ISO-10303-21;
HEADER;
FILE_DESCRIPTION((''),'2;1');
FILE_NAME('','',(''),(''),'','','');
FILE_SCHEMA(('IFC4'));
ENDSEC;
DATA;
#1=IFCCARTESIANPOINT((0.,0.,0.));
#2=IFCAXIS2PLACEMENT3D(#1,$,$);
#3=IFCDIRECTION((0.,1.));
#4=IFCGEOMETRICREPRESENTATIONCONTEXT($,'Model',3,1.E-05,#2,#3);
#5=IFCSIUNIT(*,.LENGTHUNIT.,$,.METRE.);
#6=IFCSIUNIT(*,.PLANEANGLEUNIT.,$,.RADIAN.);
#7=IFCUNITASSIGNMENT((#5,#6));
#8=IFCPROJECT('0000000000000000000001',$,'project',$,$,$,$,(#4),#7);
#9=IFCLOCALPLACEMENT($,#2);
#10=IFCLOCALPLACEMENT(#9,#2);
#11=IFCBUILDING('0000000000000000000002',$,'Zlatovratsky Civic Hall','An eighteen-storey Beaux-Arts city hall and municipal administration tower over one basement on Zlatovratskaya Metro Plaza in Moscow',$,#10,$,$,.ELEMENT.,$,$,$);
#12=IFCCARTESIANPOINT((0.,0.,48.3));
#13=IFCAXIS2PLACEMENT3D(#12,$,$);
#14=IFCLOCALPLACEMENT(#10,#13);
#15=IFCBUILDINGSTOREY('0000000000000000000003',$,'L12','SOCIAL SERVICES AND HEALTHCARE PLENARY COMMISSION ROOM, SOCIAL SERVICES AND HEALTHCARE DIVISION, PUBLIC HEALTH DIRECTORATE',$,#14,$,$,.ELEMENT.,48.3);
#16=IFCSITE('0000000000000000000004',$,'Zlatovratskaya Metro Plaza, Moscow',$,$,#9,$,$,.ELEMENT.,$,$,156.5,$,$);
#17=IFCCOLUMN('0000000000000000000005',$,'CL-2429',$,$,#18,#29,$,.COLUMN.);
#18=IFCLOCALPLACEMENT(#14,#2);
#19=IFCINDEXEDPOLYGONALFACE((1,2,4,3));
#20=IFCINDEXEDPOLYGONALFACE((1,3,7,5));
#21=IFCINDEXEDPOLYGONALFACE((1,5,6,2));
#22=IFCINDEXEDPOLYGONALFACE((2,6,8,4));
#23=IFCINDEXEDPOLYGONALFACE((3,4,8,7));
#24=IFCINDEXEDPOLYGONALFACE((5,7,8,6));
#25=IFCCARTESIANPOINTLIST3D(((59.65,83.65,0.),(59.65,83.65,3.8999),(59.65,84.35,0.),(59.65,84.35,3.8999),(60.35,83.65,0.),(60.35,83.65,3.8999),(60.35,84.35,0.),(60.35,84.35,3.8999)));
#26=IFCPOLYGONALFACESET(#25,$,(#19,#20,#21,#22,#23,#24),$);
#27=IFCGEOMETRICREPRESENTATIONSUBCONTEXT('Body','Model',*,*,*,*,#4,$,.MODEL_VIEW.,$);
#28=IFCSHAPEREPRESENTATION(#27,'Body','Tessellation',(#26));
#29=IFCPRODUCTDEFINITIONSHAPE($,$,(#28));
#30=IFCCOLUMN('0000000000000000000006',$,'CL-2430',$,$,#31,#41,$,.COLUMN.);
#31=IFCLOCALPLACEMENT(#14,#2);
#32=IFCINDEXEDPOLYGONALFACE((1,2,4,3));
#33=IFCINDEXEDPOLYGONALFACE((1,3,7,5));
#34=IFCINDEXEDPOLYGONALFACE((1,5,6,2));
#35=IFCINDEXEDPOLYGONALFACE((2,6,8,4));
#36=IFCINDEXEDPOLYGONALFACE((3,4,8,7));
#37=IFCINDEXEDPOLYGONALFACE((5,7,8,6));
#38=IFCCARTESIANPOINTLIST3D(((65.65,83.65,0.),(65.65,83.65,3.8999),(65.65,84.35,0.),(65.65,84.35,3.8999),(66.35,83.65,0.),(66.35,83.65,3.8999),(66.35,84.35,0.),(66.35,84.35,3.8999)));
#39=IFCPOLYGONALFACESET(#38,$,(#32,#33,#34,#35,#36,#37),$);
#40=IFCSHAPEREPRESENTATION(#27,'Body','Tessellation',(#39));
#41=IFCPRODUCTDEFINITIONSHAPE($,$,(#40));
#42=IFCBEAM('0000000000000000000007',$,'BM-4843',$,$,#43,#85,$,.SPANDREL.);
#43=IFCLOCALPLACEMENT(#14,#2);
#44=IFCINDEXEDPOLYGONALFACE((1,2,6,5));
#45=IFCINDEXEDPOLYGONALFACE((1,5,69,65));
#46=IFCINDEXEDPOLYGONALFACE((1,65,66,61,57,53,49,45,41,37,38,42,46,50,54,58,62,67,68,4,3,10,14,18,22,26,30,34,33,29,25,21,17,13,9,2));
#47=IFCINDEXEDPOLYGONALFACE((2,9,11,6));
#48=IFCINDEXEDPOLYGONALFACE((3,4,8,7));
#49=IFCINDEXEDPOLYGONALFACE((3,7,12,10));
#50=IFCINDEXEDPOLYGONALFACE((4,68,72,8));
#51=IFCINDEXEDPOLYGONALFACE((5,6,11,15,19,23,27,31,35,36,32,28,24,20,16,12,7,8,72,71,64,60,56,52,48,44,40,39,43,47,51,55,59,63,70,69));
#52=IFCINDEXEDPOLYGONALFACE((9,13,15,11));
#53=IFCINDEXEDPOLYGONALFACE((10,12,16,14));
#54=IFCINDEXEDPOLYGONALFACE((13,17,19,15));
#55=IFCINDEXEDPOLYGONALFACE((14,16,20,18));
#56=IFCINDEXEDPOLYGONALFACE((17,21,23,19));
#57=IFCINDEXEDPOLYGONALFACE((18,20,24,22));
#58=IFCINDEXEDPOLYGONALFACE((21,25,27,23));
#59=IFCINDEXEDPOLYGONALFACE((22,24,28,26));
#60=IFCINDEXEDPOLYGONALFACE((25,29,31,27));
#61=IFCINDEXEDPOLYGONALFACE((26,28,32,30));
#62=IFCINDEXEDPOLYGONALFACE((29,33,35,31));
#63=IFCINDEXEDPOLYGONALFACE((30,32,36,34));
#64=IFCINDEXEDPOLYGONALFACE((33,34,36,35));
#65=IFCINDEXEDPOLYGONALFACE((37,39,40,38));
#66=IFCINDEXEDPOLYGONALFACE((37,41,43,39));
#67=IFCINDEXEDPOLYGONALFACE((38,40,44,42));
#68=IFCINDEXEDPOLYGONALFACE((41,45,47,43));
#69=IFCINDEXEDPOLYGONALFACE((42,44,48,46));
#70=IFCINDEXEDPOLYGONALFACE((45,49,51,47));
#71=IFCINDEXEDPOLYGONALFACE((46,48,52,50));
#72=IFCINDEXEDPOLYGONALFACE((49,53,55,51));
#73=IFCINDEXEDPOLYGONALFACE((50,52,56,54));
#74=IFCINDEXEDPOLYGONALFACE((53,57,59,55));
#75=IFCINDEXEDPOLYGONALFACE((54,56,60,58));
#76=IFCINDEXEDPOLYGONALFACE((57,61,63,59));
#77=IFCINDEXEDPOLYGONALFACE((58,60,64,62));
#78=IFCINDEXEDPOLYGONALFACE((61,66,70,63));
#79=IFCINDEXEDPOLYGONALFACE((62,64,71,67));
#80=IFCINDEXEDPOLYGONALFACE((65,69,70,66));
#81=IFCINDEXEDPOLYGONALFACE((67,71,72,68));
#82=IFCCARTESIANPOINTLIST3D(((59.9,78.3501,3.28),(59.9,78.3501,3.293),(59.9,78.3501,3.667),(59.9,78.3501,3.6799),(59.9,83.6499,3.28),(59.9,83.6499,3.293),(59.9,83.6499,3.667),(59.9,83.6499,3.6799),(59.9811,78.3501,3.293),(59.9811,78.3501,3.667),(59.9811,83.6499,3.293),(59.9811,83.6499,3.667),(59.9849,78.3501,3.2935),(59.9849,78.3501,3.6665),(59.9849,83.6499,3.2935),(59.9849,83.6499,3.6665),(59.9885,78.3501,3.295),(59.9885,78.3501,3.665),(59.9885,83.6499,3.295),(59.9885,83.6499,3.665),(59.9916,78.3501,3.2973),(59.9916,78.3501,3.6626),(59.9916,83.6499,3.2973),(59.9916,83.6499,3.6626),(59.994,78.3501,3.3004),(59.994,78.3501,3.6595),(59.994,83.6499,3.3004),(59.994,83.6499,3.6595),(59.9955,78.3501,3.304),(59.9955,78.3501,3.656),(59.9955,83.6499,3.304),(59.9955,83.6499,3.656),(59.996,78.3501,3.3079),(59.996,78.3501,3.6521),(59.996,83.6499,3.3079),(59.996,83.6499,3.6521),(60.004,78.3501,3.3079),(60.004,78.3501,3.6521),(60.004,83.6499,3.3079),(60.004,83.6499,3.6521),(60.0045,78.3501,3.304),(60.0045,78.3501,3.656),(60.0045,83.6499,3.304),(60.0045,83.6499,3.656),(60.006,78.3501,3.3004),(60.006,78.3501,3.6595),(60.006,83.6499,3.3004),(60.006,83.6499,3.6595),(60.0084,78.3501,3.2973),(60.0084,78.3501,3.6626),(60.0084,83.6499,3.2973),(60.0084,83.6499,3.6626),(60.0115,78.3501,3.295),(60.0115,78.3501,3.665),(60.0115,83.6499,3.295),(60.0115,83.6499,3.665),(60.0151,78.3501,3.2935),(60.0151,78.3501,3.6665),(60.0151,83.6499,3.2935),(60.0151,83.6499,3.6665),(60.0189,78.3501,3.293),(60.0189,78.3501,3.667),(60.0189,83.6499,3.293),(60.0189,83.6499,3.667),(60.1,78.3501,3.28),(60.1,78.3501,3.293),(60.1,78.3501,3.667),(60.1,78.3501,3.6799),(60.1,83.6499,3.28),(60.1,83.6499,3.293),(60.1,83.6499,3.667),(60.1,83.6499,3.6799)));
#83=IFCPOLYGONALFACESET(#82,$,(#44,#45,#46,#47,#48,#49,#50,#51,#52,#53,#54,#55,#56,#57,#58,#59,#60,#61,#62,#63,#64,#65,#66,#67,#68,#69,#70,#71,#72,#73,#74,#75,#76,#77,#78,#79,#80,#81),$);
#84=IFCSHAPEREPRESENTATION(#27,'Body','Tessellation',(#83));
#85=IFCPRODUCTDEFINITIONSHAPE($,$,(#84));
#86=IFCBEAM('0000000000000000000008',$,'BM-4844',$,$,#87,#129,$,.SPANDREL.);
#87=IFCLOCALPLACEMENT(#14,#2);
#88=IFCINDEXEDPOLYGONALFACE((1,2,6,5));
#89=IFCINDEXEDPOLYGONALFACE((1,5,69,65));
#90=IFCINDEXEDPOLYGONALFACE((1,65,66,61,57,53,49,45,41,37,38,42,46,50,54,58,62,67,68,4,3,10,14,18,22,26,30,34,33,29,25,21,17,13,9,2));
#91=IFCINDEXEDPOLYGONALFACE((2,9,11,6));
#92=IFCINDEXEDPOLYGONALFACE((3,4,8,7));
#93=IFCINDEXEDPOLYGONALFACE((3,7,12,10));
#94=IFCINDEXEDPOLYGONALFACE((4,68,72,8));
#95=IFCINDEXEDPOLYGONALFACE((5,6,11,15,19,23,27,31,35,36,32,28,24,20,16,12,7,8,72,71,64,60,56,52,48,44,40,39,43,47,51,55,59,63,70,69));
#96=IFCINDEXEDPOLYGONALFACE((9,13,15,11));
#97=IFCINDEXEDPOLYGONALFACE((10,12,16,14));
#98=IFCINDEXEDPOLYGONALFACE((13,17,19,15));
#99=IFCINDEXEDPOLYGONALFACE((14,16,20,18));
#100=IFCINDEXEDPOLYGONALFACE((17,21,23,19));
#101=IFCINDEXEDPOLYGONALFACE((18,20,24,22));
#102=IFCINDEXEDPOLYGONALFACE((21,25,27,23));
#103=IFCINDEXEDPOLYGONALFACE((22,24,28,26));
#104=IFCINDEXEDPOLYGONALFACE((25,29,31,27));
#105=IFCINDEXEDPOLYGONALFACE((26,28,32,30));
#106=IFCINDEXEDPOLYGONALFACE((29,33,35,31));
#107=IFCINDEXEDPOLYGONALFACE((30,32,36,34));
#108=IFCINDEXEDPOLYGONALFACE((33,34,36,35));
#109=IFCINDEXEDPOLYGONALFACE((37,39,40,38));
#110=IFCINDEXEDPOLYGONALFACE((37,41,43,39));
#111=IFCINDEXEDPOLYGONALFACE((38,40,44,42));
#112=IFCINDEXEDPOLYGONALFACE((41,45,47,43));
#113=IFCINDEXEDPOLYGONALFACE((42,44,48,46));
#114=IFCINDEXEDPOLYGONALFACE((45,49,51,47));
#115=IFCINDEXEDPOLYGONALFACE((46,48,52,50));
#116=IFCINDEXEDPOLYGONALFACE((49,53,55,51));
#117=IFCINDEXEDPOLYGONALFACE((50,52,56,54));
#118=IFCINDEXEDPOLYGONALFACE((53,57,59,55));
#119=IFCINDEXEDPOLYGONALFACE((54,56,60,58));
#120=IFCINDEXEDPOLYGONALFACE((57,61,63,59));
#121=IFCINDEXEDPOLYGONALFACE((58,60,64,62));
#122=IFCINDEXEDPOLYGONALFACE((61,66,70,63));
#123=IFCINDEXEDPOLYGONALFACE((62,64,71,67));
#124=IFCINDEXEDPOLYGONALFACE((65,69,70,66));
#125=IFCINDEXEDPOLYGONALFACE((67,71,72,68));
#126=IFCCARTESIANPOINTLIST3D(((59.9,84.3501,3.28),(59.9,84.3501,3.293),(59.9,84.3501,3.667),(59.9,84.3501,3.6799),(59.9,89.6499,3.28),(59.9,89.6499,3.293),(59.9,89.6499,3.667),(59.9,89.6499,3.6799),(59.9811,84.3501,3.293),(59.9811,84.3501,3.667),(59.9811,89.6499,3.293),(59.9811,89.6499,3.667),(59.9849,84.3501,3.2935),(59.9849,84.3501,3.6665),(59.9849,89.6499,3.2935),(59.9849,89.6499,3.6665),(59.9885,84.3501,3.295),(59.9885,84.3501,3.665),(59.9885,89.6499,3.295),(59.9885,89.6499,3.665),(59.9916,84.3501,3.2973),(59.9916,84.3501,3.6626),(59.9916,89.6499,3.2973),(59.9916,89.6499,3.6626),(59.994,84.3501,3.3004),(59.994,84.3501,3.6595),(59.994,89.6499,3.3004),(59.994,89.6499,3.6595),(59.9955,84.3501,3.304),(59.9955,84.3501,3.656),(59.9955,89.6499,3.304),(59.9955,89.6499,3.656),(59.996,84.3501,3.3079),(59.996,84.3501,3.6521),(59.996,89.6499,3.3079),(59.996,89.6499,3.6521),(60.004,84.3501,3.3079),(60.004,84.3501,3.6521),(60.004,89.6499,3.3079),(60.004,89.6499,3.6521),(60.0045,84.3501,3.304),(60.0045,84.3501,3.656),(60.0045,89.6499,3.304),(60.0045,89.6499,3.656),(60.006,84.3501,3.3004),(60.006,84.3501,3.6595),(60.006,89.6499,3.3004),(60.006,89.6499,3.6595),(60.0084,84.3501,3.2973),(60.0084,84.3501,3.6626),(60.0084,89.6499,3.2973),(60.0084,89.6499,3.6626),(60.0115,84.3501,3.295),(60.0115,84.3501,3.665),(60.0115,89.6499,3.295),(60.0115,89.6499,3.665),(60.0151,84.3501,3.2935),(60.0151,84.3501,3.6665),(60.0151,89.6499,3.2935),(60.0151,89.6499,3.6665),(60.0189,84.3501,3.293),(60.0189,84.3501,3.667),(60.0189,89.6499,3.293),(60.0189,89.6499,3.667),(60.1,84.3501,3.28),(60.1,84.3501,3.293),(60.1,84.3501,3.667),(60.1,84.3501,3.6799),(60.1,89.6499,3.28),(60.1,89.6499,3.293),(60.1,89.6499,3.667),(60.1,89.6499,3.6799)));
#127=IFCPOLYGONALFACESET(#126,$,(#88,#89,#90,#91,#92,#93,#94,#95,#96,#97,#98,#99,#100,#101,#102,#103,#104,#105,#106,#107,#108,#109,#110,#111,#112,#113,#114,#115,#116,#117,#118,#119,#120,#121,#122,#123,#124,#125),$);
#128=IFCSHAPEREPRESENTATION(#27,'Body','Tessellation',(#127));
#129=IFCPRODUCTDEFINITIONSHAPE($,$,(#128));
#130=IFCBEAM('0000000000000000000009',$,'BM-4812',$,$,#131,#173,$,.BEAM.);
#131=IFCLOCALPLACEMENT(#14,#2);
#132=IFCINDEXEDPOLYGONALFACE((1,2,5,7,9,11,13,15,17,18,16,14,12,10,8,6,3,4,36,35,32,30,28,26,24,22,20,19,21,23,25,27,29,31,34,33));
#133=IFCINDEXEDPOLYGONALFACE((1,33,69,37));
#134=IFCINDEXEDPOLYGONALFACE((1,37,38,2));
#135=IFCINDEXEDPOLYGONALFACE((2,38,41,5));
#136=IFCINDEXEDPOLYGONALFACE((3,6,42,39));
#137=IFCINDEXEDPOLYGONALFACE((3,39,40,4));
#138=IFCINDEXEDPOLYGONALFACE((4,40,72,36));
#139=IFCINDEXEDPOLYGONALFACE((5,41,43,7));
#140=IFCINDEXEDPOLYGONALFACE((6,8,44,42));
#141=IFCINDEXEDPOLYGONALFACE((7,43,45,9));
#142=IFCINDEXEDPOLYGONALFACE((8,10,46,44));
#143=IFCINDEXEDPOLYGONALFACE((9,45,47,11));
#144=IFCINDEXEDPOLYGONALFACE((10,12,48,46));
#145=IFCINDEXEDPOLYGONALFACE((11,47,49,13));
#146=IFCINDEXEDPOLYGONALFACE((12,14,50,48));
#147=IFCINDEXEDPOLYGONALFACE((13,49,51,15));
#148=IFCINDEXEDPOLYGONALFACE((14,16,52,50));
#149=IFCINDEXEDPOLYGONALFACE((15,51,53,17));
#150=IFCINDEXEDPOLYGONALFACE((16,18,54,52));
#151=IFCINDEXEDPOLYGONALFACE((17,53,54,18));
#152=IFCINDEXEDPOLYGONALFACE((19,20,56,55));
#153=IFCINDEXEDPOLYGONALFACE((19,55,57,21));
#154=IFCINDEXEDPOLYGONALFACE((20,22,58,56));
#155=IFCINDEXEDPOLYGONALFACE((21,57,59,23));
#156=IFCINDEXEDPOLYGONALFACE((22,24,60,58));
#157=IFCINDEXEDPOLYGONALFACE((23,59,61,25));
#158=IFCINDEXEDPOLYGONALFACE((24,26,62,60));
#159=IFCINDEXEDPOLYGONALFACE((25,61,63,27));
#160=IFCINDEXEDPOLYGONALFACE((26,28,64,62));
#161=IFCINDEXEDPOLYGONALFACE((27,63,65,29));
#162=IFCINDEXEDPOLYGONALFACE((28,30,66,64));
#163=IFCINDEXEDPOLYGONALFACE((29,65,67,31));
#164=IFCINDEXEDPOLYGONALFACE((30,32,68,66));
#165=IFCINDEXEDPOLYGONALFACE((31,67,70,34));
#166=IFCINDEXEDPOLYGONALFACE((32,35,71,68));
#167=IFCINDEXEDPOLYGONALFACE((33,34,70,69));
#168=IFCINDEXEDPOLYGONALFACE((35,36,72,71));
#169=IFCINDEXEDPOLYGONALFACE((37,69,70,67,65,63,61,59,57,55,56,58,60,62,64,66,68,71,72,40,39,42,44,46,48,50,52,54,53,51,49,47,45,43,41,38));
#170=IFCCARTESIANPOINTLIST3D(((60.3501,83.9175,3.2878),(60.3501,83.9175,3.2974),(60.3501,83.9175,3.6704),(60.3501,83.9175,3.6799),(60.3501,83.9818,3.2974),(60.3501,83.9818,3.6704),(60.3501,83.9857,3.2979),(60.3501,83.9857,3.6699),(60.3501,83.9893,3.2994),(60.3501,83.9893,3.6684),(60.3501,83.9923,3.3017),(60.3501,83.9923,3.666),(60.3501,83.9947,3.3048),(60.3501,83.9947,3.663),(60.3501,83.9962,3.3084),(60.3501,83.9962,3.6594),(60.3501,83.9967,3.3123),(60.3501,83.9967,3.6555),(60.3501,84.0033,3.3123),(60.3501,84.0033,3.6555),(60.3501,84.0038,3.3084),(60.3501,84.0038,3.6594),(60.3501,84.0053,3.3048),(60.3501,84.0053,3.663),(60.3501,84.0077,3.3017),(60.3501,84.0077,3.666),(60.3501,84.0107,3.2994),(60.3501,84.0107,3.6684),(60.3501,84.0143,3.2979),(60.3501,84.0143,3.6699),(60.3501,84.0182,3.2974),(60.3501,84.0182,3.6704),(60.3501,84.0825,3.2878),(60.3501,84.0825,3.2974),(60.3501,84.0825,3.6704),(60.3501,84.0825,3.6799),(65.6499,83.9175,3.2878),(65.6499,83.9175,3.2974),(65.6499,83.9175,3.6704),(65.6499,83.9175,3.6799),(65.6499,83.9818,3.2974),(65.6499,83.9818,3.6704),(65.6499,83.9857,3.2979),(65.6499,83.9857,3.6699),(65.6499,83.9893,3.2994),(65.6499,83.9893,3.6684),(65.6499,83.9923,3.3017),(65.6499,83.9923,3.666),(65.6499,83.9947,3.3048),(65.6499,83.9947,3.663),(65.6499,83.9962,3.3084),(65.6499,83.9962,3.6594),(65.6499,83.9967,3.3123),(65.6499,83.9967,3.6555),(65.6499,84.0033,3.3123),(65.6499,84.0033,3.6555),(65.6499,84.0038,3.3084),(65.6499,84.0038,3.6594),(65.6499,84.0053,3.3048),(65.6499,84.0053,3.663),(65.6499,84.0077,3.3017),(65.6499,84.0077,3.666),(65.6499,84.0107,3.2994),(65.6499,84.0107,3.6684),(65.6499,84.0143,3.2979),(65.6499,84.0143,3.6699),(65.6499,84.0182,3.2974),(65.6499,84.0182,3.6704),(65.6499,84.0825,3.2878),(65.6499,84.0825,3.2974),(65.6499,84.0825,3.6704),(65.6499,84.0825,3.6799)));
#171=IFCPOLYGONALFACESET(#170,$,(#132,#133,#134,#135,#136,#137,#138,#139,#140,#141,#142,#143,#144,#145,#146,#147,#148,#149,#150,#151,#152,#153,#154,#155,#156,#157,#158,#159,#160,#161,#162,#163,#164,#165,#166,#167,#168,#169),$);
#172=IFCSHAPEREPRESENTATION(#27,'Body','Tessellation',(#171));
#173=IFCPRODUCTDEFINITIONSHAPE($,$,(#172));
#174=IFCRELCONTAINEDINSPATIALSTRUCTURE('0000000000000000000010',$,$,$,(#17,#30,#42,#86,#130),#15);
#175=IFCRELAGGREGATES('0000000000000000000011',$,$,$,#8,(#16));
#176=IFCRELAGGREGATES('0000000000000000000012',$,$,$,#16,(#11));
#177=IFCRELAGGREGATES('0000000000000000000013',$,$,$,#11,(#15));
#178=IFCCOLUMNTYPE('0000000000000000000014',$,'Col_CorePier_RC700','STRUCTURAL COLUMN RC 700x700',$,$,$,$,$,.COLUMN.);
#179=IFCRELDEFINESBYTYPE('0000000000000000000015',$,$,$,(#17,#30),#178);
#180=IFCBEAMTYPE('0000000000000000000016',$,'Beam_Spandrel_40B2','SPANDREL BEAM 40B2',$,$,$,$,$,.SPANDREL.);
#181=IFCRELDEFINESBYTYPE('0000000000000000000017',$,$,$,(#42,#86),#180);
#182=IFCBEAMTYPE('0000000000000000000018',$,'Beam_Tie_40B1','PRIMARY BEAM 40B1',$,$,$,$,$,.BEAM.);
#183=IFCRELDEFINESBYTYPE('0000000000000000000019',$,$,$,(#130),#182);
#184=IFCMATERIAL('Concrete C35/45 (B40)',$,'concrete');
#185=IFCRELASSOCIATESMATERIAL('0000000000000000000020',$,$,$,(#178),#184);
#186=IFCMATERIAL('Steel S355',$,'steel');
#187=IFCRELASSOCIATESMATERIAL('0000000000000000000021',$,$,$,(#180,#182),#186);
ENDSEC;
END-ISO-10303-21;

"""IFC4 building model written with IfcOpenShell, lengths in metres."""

from ifc_helpers import new_model, si_unit, direction, frame, origin, origin_2d, place, context, subcontext, project, spatial, rectangle, i_section, extrude, material, material_profile, profile_set, type_object, element, save


model = new_model("IFC4")

# Units and contexts
model_context = context("Model", 3, precision=1e-05, world=origin(), true_north=direction((0.0, 1.0)))
body_context = subcontext(model_context, "Body", "Model", "MODEL_VIEW")
ifc_project = project(units=[si_unit("LENGTHUNIT", "METRE"), si_unit("PLANEANGLEUNIT", "RADIAN")], contexts=[model_context])

# Site, building, storey
site_placement = place(None, origin())
site = spatial("IfcSite", under=ifc_project, at=site_placement, Name="Zlatovratskaya Metro Plaza, Moscow", CompositionType="ELEMENT", RefElevation=156.5)
building_placement = place(site_placement, origin())
building = spatial("IfcBuilding", under=site, at=building_placement, Name="Zlatovratsky Civic Hall", Description="An eighteen-storey Beaux-Arts city hall and municipal administration tower over one basement on Zlatovratskaya Metro Plaza in Moscow", CompositionType="ELEMENT")
storey_placement = place(building_placement, frame((0.0, 0.0, 48.3)))
storey = spatial("IfcBuildingStorey", under=building, at=storey_placement, Name="L12", Description="SOCIAL SERVICES AND HEALTHCARE PLENARY COMMISSION ROOM, SOCIAL SERVICES AND HEALTHCARE DIVISION, PUBLIC HEALTH DIRECTORATE", CompositionType="ELEMENT", Elevation=48.3)

# Columns
ifc_material_1 = material(Name="Concrete C35/45 (B40)", Category="concrete")
ifc_material_profile_1 = material_profile(ifc_material_1, rectangle(XDim=0.7, YDim=0.7, at=origin_2d()), Name="RC 700x700")
ifc_profile_set_1 = profile_set([ifc_material_profile_1], Name="Concrete C35/45 (B40)")
column_type = type_object("IfcColumnType", Name="Col_CorePier_RC700", Description="STRUCTURAL COLUMN RC 700x700", PredefinedType="COLUMN", material=ifc_profile_set_1)
for number, where, z_axis, x_axis, name in (
    (1, (60.0, 84.0, 0.0), (0.0, 0.0, 1.0), (1.0, 0.0, 0.0), "CL-2429"),
    (2, (66.0, 84.0, 0.0), (0.0, 0.0, 1.0), (1.0, 0.0, 0.0), "CL-2430"),
):
    element("IfcColumn", number, at=place(storey_placement, frame(where, z_axis=z_axis, x_axis=x_axis)), inside=storey, type_object=column_type, Name=name, PredefinedType="COLUMN", context=body_context, shape_type="SweptSolid", body=[
        extrude(rectangle(XDim=0.7, YDim=0.7, at=origin_2d()), origin(), (0.0, 0.0, 1.0), 3.8999),
    ])

# Beams
ifc_material_2 = material(Name="Steel S355", Category="steel")
ifc_material_profile_2 = material_profile(ifc_material_2, i_section(OverallWidth=0.2, OverallDepth=0.3999, WebThickness=0.0081, FlangeThickness=0.0129, FilletRadius=0.0149, at=origin_2d()), Name="40B2")
ifc_profile_set_2 = profile_set([ifc_material_profile_2], Name="Steel S355")
beam_type_1 = type_object("IfcBeamType", Name="Beam_Spandrel_40B2", Description="SPANDREL BEAM 40B2", PredefinedType="SPANDREL", material=ifc_profile_set_2)
for number, where, z_axis, x_axis, name in (
    (3, (60.0, 78.3501, 3.48), (0.0, 1.0, 0.0), (-1.0, 0.0, 0.0), "BM-4843"),
    (4, (60.0, 84.3501, 3.48), (0.0, 1.0, 0.0), (-1.0, 0.0, 0.0), "BM-4844"),
):
    element("IfcBeam", number, at=place(storey_placement, frame(where, z_axis=z_axis, x_axis=x_axis)), inside=storey, type_object=beam_type_1, Name=name, PredefinedType="SPANDREL", context=body_context, shape_type="SweptSolid", body=[
        extrude(i_section(OverallWidth=0.2, OverallDepth=0.3999, WebThickness=0.0081, FlangeThickness=0.0129, FilletRadius=0.0149, at=origin_2d()), origin(), (0.0, 0.0, 1.0), 5.2998),
    ])
ifc_material_profile_3 = material_profile(ifc_material_2, i_section(OverallWidth=0.165, OverallDepth=0.3921, WebThickness=0.0066, FlangeThickness=0.0095, FilletRadius=0.0149, at=origin_2d()), Name="40B1")
ifc_profile_set_3 = profile_set([ifc_material_profile_3], Name="Steel S355")
beam_type_2 = type_object("IfcBeamType", Name="Beam_Tie_40B1", Description="PRIMARY BEAM 40B1", PredefinedType="BEAM", material=ifc_profile_set_3)
for number, where, z_axis, x_axis, name in (
    (5, (60.3501, 84.0, 3.4839), (1.0, 0.0, 0.0), (0.0, 1.0, 0.0), "BM-4812"),
):
    element("IfcBeam", number, at=place(storey_placement, frame(where, z_axis=z_axis, x_axis=x_axis)), inside=storey, type_object=beam_type_2, Name=name, PredefinedType="BEAM", context=body_context, shape_type="SweptSolid", body=[
        extrude(i_section(OverallWidth=0.165, OverallDepth=0.3921, WebThickness=0.0066, FlangeThickness=0.0095, FilletRadius=0.0149, at=origin_2d()), origin(), (0.0, 0.0, 1.0), 5.2998),
    ])

save(model, "model.ifc")
